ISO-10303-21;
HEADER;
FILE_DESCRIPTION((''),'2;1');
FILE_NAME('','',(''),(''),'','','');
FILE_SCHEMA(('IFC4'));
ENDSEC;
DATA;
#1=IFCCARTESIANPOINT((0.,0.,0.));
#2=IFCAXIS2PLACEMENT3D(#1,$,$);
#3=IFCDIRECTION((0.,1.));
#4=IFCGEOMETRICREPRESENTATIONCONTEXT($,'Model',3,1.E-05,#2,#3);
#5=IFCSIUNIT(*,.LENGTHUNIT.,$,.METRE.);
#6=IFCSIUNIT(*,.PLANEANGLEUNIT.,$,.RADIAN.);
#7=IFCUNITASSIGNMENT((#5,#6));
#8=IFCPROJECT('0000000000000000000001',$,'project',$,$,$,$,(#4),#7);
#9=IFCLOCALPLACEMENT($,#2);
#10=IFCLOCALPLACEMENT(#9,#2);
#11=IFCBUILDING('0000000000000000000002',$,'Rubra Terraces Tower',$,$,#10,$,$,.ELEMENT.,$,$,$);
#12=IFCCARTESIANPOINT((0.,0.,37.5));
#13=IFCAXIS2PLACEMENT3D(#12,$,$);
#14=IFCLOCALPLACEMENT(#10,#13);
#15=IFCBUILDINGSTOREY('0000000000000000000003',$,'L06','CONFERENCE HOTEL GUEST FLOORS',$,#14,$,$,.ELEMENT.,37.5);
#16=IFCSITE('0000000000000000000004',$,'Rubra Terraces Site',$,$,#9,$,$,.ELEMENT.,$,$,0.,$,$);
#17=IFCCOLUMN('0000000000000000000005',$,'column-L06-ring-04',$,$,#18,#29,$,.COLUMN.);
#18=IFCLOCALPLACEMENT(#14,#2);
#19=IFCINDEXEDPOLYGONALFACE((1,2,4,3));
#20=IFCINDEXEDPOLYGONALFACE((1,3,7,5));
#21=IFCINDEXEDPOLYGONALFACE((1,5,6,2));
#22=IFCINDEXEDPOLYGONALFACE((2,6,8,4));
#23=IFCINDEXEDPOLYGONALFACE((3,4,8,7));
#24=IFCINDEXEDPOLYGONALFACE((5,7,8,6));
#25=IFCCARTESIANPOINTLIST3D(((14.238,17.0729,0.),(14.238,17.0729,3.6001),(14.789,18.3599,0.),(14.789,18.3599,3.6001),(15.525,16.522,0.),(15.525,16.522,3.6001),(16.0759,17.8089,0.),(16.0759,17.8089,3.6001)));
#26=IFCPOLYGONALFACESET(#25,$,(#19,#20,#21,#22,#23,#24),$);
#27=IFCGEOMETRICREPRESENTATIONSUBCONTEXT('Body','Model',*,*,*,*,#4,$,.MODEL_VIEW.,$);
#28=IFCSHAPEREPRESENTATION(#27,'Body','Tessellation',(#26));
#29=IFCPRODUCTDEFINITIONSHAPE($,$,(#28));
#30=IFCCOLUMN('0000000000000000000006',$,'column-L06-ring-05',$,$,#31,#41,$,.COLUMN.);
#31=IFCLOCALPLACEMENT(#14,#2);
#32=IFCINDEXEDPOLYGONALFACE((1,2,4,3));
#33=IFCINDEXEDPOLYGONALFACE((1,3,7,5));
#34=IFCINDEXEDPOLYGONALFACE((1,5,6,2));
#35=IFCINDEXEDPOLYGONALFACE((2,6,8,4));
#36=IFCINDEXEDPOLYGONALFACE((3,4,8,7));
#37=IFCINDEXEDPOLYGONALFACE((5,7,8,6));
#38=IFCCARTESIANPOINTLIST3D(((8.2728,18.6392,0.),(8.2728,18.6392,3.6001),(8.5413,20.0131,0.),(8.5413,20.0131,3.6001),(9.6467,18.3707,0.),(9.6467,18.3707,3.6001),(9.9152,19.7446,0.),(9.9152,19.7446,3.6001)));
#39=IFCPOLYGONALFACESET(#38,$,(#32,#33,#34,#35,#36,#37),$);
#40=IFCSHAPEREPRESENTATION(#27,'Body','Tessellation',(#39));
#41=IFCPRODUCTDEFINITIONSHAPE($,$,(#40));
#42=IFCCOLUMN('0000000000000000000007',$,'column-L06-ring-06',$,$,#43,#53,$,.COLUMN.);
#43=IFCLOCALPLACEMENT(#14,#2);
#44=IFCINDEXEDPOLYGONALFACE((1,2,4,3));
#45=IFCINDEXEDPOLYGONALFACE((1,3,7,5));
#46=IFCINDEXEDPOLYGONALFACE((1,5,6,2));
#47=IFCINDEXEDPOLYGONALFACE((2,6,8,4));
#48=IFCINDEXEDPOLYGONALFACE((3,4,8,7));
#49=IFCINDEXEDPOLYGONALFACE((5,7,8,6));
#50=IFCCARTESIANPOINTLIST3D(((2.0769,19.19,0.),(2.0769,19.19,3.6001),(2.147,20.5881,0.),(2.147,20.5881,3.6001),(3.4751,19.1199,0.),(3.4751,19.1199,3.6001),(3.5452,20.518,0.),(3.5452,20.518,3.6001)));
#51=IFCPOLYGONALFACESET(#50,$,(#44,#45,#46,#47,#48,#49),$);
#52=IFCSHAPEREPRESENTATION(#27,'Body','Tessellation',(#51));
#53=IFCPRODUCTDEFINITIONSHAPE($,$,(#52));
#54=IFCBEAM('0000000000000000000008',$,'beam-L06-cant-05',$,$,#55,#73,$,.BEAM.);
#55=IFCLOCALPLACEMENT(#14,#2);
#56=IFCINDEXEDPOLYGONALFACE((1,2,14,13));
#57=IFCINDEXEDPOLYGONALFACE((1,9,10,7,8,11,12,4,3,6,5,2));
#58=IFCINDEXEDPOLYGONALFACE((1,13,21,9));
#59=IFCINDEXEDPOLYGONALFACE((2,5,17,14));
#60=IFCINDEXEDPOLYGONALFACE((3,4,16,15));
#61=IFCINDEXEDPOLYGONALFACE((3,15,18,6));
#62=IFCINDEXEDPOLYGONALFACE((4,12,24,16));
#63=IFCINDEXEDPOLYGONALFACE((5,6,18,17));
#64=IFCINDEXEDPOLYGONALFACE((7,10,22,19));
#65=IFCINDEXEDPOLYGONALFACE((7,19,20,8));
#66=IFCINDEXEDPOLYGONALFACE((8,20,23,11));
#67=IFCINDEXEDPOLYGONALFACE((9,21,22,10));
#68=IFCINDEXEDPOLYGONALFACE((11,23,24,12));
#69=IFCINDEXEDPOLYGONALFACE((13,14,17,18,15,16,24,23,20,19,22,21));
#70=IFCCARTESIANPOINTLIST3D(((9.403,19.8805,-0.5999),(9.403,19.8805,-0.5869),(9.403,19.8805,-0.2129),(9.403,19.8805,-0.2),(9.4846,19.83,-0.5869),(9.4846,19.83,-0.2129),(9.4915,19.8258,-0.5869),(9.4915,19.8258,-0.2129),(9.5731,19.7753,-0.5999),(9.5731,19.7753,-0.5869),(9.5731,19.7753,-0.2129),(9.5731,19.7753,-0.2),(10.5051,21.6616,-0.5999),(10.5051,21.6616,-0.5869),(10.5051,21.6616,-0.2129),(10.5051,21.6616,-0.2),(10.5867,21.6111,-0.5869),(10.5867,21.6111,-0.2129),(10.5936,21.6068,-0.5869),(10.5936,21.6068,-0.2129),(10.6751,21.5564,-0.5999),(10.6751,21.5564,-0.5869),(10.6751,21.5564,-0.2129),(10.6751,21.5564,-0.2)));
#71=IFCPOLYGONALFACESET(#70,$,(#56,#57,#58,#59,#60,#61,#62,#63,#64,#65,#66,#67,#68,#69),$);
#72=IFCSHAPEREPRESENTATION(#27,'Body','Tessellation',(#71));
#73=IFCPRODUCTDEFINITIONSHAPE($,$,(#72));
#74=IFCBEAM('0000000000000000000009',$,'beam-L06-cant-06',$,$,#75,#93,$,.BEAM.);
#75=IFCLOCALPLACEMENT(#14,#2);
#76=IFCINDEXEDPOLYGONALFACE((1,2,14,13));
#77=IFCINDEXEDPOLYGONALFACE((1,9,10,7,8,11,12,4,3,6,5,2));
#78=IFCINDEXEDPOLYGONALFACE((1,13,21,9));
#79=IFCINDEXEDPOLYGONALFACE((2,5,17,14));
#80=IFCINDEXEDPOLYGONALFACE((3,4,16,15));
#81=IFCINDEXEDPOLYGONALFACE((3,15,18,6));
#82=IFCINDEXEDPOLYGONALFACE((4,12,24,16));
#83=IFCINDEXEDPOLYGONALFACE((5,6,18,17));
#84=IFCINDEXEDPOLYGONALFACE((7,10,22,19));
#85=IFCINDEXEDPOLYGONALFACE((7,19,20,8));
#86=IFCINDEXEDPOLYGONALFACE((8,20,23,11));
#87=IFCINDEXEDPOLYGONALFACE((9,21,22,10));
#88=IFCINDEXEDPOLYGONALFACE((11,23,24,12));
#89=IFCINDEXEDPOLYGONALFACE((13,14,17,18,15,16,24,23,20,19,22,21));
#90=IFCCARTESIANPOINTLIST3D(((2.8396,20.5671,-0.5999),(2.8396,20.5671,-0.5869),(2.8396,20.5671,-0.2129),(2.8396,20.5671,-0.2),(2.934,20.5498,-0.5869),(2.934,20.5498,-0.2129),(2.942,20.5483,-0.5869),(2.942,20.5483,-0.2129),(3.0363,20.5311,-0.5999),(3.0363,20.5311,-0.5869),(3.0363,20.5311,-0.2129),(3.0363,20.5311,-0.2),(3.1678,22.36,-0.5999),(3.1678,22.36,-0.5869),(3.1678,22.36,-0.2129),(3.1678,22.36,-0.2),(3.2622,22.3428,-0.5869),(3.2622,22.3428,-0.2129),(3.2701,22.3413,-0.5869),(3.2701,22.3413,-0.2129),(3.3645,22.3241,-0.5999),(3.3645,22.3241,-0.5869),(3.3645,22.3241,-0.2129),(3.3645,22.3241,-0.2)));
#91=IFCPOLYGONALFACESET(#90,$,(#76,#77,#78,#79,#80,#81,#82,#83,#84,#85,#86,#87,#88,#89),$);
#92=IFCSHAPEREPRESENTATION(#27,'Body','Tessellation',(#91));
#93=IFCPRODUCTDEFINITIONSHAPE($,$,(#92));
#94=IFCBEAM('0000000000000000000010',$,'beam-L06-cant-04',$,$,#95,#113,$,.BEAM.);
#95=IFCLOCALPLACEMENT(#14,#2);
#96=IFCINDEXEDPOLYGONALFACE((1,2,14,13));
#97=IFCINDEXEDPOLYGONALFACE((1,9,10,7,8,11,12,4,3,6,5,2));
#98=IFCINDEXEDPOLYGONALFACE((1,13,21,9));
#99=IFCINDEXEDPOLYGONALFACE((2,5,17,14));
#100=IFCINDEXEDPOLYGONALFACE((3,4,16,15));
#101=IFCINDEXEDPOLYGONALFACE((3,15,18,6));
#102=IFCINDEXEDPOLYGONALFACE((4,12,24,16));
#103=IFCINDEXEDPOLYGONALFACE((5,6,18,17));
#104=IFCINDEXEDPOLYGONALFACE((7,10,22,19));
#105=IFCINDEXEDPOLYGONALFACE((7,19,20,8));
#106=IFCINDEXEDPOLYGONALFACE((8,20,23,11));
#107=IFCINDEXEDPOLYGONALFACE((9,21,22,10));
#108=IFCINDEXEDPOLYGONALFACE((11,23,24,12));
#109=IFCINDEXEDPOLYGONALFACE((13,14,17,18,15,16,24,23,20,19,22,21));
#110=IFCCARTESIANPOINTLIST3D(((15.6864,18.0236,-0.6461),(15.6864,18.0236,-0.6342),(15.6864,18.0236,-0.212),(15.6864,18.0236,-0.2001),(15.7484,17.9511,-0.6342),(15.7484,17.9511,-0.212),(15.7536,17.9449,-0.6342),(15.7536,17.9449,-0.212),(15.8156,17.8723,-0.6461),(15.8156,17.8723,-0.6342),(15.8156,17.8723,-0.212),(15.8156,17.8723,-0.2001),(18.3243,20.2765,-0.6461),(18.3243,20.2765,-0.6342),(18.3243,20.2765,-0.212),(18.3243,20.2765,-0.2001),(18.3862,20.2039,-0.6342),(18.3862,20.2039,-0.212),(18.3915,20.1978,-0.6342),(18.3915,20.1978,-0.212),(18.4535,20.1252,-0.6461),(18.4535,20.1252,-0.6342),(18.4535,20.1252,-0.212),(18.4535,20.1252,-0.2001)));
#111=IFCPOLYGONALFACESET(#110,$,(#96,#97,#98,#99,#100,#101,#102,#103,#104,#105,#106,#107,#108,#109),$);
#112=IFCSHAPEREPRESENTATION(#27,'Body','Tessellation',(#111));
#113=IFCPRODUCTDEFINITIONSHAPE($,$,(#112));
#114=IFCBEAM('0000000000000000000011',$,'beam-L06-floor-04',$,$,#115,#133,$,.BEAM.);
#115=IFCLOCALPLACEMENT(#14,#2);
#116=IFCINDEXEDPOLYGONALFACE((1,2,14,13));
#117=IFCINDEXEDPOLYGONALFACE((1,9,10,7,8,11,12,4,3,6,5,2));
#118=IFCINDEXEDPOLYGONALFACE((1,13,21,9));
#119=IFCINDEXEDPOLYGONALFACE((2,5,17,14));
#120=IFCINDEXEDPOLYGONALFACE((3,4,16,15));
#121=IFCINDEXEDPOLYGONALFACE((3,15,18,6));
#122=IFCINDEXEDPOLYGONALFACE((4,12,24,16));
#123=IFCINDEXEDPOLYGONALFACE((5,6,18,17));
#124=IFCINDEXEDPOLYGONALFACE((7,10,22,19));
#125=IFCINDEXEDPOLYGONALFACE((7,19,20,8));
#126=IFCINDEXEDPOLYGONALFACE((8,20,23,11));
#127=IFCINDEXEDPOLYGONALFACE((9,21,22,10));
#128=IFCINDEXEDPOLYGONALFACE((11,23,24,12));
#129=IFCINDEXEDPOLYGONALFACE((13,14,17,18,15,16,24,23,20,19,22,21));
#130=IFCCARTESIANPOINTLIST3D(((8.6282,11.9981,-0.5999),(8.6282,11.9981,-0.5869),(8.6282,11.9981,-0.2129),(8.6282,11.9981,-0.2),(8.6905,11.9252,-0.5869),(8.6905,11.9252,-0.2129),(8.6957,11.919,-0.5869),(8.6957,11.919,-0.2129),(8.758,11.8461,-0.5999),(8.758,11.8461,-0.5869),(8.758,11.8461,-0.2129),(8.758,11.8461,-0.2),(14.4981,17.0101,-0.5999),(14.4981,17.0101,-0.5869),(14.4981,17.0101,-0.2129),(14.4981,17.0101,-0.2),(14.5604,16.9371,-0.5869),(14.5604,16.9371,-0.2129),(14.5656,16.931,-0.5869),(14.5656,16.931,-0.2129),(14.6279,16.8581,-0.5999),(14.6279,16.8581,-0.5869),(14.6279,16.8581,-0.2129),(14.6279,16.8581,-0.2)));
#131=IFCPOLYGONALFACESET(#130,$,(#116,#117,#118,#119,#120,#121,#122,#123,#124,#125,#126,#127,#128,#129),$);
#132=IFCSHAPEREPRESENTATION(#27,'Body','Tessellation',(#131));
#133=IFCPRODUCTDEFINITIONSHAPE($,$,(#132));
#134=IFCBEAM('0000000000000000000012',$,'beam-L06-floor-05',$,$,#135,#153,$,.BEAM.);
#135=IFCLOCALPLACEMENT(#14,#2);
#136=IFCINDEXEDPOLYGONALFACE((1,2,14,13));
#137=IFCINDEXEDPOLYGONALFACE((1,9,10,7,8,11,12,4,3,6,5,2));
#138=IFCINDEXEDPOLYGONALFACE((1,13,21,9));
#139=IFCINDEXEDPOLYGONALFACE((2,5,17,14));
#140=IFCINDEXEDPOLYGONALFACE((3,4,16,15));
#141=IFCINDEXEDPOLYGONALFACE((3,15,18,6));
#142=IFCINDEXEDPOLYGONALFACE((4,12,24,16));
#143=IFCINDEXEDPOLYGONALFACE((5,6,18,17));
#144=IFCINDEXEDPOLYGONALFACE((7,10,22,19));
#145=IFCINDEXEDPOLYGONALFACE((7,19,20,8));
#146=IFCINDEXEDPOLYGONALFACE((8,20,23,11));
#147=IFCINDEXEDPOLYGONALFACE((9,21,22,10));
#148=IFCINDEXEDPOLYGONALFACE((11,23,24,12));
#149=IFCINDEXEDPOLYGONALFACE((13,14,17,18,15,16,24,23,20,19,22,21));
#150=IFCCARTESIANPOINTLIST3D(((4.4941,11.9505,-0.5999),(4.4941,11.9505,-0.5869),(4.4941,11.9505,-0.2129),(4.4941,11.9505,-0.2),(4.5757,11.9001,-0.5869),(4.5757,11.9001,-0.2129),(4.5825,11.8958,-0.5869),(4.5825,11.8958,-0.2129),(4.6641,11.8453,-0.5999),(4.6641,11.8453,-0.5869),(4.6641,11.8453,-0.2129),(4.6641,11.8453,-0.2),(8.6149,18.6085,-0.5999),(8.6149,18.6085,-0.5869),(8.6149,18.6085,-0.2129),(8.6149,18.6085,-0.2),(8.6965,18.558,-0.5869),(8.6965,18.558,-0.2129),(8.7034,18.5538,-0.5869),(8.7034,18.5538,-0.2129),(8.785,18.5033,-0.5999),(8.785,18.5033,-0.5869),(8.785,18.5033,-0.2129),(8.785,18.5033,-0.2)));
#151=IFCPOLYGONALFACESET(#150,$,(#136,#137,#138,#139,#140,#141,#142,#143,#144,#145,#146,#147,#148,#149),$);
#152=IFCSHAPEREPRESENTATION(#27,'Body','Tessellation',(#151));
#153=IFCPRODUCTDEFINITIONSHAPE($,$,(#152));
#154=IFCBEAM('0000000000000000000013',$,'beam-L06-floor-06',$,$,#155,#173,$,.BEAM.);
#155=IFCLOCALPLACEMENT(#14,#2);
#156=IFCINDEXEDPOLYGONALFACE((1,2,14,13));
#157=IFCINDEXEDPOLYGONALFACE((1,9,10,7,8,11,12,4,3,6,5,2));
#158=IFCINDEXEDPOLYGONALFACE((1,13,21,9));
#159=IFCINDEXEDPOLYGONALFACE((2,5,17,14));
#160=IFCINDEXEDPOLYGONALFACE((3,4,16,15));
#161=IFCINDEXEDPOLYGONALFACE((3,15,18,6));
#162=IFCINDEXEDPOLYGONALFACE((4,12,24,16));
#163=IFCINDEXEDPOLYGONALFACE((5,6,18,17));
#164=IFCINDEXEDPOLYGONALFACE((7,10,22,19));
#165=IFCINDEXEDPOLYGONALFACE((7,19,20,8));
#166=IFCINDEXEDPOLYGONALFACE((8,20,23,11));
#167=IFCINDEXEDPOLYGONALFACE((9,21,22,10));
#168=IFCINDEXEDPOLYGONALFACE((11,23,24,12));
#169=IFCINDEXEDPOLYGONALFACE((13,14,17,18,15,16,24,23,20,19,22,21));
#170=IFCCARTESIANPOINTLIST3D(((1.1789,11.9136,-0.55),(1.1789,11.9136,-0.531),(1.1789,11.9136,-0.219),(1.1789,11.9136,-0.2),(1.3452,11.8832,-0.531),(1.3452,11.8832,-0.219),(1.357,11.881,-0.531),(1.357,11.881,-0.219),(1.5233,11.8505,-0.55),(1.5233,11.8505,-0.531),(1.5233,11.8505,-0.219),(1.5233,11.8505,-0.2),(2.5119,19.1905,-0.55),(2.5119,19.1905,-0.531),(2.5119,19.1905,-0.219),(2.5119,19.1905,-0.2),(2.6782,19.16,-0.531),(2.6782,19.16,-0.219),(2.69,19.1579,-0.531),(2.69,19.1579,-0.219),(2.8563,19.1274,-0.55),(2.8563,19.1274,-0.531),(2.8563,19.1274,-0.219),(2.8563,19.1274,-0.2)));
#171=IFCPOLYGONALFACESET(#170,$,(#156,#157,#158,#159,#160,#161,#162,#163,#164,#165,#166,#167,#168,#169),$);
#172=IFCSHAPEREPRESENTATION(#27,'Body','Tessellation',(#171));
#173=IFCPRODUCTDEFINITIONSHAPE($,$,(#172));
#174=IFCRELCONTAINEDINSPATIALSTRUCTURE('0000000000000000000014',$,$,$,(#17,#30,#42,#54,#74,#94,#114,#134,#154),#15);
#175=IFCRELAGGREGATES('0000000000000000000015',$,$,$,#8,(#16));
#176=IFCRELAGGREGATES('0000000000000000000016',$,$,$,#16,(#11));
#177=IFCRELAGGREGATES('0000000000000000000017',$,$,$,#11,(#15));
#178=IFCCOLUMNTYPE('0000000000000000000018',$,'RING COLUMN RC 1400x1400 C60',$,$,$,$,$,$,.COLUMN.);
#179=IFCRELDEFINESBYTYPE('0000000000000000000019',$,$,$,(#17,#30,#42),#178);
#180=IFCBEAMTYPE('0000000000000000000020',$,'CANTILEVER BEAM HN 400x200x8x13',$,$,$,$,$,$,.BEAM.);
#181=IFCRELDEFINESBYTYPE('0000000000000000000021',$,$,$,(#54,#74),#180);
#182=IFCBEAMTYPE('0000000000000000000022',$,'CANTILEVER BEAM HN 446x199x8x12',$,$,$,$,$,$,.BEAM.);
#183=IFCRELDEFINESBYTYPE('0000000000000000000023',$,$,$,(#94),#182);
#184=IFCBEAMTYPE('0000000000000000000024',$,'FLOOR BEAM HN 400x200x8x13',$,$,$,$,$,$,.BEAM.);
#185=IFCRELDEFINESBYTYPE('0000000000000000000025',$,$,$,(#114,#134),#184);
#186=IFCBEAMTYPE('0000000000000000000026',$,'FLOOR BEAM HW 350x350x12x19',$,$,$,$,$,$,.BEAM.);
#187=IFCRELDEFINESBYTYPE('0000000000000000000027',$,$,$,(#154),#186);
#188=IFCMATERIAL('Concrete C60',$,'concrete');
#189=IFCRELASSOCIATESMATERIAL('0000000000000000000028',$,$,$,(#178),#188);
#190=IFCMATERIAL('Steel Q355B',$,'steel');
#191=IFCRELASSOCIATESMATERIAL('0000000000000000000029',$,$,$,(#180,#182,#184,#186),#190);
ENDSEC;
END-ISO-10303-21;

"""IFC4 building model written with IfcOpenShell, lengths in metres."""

from ifc_helpers import new_model, si_unit, direction, frame, origin, origin_2d, place, context, subcontext, project, spatial, rectangle, i_section, extrude, material, material_profile, profile_set, type_object, element, save


model = new_model("IFC4")

# Units and contexts
model_context = context("Model", 3, precision=1e-05, world=origin(), true_north=direction((0.0, 1.0)))
body_context = subcontext(model_context, "Body", "Model", "MODEL_VIEW")
ifc_project = project(units=[si_unit("LENGTHUNIT", "METRE"), si_unit("PLANEANGLEUNIT", "RADIAN")], contexts=[model_context])

# Site, building, storey
site_placement = place(None, origin())
site = spatial("IfcSite", under=ifc_project, at=site_placement, Name="Rubra Terraces Site", CompositionType="ELEMENT", RefElevation=0.0)
building_placement = place(site_placement, origin())
building = spatial("IfcBuilding", under=site, at=building_placement, Name="Rubra Terraces Tower", CompositionType="ELEMENT")
storey_placement = place(building_placement, frame((0.0, 0.0, 37.5)))
storey = spatial("IfcBuildingStorey", under=building, at=storey_placement, Name="L06", Description="CONFERENCE HOTEL GUEST FLOORS", CompositionType="ELEMENT", Elevation=37.5)

# Columns
ifc_material_1 = material(Name="Concrete C60", Category="concrete")
ifc_material_profile_1 = material_profile(ifc_material_1, rectangle(XDim=1.3999, YDim=1.3999, at=origin_2d()), Name="RC 1400x1400")
ifc_profile_set_1 = profile_set([ifc_material_profile_1], Name="Concrete C60")
column_type = type_object("IfcColumnType", Name="RING COLUMN RC 1400x1400 C60", PredefinedType="COLUMN", material=ifc_profile_set_1)
for number, where, z_axis, x_axis, name in (
    (1, (15.157, 17.4409, 0.0), (0.0, 0.0, 1.0), (-0.919294, 0.393572, 0.0), "column-L06-ring-04"),
    (2, (9.094, 19.1919, 0.0), (0.0, 0.0, 1.0), (-0.98143, 0.191819, 0.0), "column-L06-ring-05"),
    (3, (2.811, 19.854, 0.0), (0.0, 0.0, 1.0), (-0.998745, 0.050084, 0.0), "column-L06-ring-06"),
):
    element("IfcColumn", number, at=place(storey_placement, frame(where, z_axis=z_axis, x_axis=x_axis)), inside=storey, type_object=column_type, Name=name, PredefinedType="COLUMN", context=body_context, shape_type="SweptSolid", body=[
        extrude(rectangle(XDim=1.3999, YDim=1.3999, at=origin_2d()), origin(), (0.0, 0.0, 1.0), 3.6001),
    ])

# Beams
ifc_material_2 = material(Name="Steel Q355B", Category="steel")
ifc_material_profile_2 = material_profile(ifc_material_2, i_section(OverallWidth=0.2, OverallDepth=0.3999, WebThickness=0.0081, FlangeThickness=0.0129, at=origin_2d()), Name="HN 400x200x8x13")
ifc_profile_set_2 = profile_set([ifc_material_profile_2], Name="Steel Q355B")
beam_type_1 = type_object("IfcBeamType", Name="CANTILEVER BEAM HN 400x200x8x13", PredefinedType="BEAM", material=ifc_profile_set_2)
beam_1_placement = place(storey_placement, frame((9.488, 19.8279, -0.3999), z_axis=(0.52619, 0.850367, 0.0), x_axis=(-0.850367, 0.52619, 0.0)))
element("IfcBeam", 4, at=beam_1_placement, inside=storey, type_object=beam_type_1, Name="beam-L06-cant-05", PredefinedType="BEAM", context=body_context, shape_type="SweptSolid", body=[
    extrude(i_section(OverallWidth=0.2, OverallDepth=0.3999, WebThickness=0.0081, FlangeThickness=0.0129, at=origin_2d()), origin(), (0.0, 0.0, 1.0), 2.0945),
])
beam_2_placement = place(storey_placement, frame((2.938, 20.5491, -0.3999), z_axis=(0.180017, 0.983664, 0.0), x_axis=(-0.983664, 0.180017, 0.0)))
element("IfcBeam", 5, at=beam_2_placement, inside=storey, type_object=beam_type_1, Name="beam-L06-cant-06", PredefinedType="BEAM", context=body_context, shape_type="SweptSolid", body=[
    extrude(i_section(OverallWidth=0.2, OverallDepth=0.3999, WebThickness=0.0081, FlangeThickness=0.0129, at=origin_2d()), origin(), (0.0, 0.0, 1.0), 1.8228),
])
ifc_material_profile_3 = material_profile(ifc_material_2, i_section(OverallWidth=0.199, OverallDepth=0.446, WebThickness=0.0081, FlangeThickness=0.012, at=origin_2d()), Name="HN 446x199x8x12")
ifc_profile_set_3 = profile_set([ifc_material_profile_3], Name="Steel Q355B")
beam_type_2 = type_object("IfcBeamType", Name="CANTILEVER BEAM HN 446x199x8x12", PredefinedType="BEAM", material=ifc_profile_set_3)
beam_3_placement = place(storey_placement, frame((15.751, 17.948, -0.4231), z_axis=(0.760418, 0.649434, 0.0), x_axis=(-0.649434, 0.760418, 0.0)))
element("IfcBeam", 6, at=beam_3_placement, inside=storey, type_object=beam_type_2, Name="beam-L06-cant-04", PredefinedType="BEAM", context=body_context, shape_type="SweptSolid", body=[
    extrude(i_section(OverallWidth=0.199, OverallDepth=0.446, WebThickness=0.0081, FlangeThickness=0.012, at=origin_2d()), origin(), (0.0, 0.0, 1.0), 3.469),
])
ifc_material_profile_4 = material_profile(ifc_material_2, i_section(OverallWidth=0.2, OverallDepth=0.3999, WebThickness=0.0081, FlangeThickness=0.0129, at=origin_2d()), Name="HN 400x200x8x13")
ifc_profile_set_4 = profile_set([ifc_material_profile_4], Name="Steel Q355B")
beam_type_3 = type_object("IfcBeamType", Name="FLOOR BEAM HN 400x200x8x13", PredefinedType="BEAM", material=ifc_profile_set_4)
beam_4_placement = place(storey_placement, frame((14.563, 16.9341, -0.3999), z_axis=(-0.760494, -0.649344, 0.0), x_axis=(0.649344, -0.760494, 0.0)))
element("IfcBeam", 7, at=beam_4_placement, inside=storey, type_object=beam_type_3, Name="beam-L06-floor-04", PredefinedType="BEAM", context=body_context, shape_type="SweptSolid", body=[
    extrude(i_section(OverallWidth=0.2, OverallDepth=0.3999, WebThickness=0.0081, FlangeThickness=0.0129, at=origin_2d()), origin(), (0.0, 0.0, 1.0), 7.7185),
])
beam_5_placement = place(storey_placement, frame((8.7, 18.5559, -0.3999), z_axis=(-0.526286, -0.850308, 0.0), x_axis=(0.850308, -0.526286, 0.0)))
element("IfcBeam", 8, at=beam_5_placement, inside=storey, type_object=beam_type_3, Name="beam-L06-floor-05", PredefinedType="BEAM", context=body_context, shape_type="SweptSolid", body=[
    extrude(i_section(OverallWidth=0.2, OverallDepth=0.3999, WebThickness=0.0081, FlangeThickness=0.0129, at=origin_2d()), origin(), (0.0, 0.0, 1.0), 7.8301),
])
ifc_material_profile_5 = material_profile(ifc_material_2, i_section(OverallWidth=0.3501, OverallDepth=0.3501, WebThickness=0.012, FlangeThickness=0.019, at=origin_2d()), Name="HW 350x350x12x19")
ifc_profile_set_5 = profile_set([ifc_material_profile_5], Name="Steel Q355B")
beam_type_4 = type_object("IfcBeamType", Name="FLOOR BEAM HW 350x350x12x19", PredefinedType="BEAM", material=ifc_profile_set_5)
beam_6_placement = place(storey_placement, frame((2.6841, 19.1589, -0.375), z_axis=(-0.180186, -0.983632, 0.0), x_axis=(0.983632, -0.180186, 0.0)))
element("IfcBeam", 9, at=beam_6_placement, inside=storey, type_object=beam_type_4, Name="beam-L06-floor-06", PredefinedType="BEAM", context=body_context, shape_type="SweptSolid", body=[
    extrude(i_section(OverallWidth=0.3501, OverallDepth=0.3501, WebThickness=0.012, FlangeThickness=0.019, at=origin_2d()), origin(), (0.0, 0.0, 1.0), 7.3979),
])

save(model, "model.ifc")
